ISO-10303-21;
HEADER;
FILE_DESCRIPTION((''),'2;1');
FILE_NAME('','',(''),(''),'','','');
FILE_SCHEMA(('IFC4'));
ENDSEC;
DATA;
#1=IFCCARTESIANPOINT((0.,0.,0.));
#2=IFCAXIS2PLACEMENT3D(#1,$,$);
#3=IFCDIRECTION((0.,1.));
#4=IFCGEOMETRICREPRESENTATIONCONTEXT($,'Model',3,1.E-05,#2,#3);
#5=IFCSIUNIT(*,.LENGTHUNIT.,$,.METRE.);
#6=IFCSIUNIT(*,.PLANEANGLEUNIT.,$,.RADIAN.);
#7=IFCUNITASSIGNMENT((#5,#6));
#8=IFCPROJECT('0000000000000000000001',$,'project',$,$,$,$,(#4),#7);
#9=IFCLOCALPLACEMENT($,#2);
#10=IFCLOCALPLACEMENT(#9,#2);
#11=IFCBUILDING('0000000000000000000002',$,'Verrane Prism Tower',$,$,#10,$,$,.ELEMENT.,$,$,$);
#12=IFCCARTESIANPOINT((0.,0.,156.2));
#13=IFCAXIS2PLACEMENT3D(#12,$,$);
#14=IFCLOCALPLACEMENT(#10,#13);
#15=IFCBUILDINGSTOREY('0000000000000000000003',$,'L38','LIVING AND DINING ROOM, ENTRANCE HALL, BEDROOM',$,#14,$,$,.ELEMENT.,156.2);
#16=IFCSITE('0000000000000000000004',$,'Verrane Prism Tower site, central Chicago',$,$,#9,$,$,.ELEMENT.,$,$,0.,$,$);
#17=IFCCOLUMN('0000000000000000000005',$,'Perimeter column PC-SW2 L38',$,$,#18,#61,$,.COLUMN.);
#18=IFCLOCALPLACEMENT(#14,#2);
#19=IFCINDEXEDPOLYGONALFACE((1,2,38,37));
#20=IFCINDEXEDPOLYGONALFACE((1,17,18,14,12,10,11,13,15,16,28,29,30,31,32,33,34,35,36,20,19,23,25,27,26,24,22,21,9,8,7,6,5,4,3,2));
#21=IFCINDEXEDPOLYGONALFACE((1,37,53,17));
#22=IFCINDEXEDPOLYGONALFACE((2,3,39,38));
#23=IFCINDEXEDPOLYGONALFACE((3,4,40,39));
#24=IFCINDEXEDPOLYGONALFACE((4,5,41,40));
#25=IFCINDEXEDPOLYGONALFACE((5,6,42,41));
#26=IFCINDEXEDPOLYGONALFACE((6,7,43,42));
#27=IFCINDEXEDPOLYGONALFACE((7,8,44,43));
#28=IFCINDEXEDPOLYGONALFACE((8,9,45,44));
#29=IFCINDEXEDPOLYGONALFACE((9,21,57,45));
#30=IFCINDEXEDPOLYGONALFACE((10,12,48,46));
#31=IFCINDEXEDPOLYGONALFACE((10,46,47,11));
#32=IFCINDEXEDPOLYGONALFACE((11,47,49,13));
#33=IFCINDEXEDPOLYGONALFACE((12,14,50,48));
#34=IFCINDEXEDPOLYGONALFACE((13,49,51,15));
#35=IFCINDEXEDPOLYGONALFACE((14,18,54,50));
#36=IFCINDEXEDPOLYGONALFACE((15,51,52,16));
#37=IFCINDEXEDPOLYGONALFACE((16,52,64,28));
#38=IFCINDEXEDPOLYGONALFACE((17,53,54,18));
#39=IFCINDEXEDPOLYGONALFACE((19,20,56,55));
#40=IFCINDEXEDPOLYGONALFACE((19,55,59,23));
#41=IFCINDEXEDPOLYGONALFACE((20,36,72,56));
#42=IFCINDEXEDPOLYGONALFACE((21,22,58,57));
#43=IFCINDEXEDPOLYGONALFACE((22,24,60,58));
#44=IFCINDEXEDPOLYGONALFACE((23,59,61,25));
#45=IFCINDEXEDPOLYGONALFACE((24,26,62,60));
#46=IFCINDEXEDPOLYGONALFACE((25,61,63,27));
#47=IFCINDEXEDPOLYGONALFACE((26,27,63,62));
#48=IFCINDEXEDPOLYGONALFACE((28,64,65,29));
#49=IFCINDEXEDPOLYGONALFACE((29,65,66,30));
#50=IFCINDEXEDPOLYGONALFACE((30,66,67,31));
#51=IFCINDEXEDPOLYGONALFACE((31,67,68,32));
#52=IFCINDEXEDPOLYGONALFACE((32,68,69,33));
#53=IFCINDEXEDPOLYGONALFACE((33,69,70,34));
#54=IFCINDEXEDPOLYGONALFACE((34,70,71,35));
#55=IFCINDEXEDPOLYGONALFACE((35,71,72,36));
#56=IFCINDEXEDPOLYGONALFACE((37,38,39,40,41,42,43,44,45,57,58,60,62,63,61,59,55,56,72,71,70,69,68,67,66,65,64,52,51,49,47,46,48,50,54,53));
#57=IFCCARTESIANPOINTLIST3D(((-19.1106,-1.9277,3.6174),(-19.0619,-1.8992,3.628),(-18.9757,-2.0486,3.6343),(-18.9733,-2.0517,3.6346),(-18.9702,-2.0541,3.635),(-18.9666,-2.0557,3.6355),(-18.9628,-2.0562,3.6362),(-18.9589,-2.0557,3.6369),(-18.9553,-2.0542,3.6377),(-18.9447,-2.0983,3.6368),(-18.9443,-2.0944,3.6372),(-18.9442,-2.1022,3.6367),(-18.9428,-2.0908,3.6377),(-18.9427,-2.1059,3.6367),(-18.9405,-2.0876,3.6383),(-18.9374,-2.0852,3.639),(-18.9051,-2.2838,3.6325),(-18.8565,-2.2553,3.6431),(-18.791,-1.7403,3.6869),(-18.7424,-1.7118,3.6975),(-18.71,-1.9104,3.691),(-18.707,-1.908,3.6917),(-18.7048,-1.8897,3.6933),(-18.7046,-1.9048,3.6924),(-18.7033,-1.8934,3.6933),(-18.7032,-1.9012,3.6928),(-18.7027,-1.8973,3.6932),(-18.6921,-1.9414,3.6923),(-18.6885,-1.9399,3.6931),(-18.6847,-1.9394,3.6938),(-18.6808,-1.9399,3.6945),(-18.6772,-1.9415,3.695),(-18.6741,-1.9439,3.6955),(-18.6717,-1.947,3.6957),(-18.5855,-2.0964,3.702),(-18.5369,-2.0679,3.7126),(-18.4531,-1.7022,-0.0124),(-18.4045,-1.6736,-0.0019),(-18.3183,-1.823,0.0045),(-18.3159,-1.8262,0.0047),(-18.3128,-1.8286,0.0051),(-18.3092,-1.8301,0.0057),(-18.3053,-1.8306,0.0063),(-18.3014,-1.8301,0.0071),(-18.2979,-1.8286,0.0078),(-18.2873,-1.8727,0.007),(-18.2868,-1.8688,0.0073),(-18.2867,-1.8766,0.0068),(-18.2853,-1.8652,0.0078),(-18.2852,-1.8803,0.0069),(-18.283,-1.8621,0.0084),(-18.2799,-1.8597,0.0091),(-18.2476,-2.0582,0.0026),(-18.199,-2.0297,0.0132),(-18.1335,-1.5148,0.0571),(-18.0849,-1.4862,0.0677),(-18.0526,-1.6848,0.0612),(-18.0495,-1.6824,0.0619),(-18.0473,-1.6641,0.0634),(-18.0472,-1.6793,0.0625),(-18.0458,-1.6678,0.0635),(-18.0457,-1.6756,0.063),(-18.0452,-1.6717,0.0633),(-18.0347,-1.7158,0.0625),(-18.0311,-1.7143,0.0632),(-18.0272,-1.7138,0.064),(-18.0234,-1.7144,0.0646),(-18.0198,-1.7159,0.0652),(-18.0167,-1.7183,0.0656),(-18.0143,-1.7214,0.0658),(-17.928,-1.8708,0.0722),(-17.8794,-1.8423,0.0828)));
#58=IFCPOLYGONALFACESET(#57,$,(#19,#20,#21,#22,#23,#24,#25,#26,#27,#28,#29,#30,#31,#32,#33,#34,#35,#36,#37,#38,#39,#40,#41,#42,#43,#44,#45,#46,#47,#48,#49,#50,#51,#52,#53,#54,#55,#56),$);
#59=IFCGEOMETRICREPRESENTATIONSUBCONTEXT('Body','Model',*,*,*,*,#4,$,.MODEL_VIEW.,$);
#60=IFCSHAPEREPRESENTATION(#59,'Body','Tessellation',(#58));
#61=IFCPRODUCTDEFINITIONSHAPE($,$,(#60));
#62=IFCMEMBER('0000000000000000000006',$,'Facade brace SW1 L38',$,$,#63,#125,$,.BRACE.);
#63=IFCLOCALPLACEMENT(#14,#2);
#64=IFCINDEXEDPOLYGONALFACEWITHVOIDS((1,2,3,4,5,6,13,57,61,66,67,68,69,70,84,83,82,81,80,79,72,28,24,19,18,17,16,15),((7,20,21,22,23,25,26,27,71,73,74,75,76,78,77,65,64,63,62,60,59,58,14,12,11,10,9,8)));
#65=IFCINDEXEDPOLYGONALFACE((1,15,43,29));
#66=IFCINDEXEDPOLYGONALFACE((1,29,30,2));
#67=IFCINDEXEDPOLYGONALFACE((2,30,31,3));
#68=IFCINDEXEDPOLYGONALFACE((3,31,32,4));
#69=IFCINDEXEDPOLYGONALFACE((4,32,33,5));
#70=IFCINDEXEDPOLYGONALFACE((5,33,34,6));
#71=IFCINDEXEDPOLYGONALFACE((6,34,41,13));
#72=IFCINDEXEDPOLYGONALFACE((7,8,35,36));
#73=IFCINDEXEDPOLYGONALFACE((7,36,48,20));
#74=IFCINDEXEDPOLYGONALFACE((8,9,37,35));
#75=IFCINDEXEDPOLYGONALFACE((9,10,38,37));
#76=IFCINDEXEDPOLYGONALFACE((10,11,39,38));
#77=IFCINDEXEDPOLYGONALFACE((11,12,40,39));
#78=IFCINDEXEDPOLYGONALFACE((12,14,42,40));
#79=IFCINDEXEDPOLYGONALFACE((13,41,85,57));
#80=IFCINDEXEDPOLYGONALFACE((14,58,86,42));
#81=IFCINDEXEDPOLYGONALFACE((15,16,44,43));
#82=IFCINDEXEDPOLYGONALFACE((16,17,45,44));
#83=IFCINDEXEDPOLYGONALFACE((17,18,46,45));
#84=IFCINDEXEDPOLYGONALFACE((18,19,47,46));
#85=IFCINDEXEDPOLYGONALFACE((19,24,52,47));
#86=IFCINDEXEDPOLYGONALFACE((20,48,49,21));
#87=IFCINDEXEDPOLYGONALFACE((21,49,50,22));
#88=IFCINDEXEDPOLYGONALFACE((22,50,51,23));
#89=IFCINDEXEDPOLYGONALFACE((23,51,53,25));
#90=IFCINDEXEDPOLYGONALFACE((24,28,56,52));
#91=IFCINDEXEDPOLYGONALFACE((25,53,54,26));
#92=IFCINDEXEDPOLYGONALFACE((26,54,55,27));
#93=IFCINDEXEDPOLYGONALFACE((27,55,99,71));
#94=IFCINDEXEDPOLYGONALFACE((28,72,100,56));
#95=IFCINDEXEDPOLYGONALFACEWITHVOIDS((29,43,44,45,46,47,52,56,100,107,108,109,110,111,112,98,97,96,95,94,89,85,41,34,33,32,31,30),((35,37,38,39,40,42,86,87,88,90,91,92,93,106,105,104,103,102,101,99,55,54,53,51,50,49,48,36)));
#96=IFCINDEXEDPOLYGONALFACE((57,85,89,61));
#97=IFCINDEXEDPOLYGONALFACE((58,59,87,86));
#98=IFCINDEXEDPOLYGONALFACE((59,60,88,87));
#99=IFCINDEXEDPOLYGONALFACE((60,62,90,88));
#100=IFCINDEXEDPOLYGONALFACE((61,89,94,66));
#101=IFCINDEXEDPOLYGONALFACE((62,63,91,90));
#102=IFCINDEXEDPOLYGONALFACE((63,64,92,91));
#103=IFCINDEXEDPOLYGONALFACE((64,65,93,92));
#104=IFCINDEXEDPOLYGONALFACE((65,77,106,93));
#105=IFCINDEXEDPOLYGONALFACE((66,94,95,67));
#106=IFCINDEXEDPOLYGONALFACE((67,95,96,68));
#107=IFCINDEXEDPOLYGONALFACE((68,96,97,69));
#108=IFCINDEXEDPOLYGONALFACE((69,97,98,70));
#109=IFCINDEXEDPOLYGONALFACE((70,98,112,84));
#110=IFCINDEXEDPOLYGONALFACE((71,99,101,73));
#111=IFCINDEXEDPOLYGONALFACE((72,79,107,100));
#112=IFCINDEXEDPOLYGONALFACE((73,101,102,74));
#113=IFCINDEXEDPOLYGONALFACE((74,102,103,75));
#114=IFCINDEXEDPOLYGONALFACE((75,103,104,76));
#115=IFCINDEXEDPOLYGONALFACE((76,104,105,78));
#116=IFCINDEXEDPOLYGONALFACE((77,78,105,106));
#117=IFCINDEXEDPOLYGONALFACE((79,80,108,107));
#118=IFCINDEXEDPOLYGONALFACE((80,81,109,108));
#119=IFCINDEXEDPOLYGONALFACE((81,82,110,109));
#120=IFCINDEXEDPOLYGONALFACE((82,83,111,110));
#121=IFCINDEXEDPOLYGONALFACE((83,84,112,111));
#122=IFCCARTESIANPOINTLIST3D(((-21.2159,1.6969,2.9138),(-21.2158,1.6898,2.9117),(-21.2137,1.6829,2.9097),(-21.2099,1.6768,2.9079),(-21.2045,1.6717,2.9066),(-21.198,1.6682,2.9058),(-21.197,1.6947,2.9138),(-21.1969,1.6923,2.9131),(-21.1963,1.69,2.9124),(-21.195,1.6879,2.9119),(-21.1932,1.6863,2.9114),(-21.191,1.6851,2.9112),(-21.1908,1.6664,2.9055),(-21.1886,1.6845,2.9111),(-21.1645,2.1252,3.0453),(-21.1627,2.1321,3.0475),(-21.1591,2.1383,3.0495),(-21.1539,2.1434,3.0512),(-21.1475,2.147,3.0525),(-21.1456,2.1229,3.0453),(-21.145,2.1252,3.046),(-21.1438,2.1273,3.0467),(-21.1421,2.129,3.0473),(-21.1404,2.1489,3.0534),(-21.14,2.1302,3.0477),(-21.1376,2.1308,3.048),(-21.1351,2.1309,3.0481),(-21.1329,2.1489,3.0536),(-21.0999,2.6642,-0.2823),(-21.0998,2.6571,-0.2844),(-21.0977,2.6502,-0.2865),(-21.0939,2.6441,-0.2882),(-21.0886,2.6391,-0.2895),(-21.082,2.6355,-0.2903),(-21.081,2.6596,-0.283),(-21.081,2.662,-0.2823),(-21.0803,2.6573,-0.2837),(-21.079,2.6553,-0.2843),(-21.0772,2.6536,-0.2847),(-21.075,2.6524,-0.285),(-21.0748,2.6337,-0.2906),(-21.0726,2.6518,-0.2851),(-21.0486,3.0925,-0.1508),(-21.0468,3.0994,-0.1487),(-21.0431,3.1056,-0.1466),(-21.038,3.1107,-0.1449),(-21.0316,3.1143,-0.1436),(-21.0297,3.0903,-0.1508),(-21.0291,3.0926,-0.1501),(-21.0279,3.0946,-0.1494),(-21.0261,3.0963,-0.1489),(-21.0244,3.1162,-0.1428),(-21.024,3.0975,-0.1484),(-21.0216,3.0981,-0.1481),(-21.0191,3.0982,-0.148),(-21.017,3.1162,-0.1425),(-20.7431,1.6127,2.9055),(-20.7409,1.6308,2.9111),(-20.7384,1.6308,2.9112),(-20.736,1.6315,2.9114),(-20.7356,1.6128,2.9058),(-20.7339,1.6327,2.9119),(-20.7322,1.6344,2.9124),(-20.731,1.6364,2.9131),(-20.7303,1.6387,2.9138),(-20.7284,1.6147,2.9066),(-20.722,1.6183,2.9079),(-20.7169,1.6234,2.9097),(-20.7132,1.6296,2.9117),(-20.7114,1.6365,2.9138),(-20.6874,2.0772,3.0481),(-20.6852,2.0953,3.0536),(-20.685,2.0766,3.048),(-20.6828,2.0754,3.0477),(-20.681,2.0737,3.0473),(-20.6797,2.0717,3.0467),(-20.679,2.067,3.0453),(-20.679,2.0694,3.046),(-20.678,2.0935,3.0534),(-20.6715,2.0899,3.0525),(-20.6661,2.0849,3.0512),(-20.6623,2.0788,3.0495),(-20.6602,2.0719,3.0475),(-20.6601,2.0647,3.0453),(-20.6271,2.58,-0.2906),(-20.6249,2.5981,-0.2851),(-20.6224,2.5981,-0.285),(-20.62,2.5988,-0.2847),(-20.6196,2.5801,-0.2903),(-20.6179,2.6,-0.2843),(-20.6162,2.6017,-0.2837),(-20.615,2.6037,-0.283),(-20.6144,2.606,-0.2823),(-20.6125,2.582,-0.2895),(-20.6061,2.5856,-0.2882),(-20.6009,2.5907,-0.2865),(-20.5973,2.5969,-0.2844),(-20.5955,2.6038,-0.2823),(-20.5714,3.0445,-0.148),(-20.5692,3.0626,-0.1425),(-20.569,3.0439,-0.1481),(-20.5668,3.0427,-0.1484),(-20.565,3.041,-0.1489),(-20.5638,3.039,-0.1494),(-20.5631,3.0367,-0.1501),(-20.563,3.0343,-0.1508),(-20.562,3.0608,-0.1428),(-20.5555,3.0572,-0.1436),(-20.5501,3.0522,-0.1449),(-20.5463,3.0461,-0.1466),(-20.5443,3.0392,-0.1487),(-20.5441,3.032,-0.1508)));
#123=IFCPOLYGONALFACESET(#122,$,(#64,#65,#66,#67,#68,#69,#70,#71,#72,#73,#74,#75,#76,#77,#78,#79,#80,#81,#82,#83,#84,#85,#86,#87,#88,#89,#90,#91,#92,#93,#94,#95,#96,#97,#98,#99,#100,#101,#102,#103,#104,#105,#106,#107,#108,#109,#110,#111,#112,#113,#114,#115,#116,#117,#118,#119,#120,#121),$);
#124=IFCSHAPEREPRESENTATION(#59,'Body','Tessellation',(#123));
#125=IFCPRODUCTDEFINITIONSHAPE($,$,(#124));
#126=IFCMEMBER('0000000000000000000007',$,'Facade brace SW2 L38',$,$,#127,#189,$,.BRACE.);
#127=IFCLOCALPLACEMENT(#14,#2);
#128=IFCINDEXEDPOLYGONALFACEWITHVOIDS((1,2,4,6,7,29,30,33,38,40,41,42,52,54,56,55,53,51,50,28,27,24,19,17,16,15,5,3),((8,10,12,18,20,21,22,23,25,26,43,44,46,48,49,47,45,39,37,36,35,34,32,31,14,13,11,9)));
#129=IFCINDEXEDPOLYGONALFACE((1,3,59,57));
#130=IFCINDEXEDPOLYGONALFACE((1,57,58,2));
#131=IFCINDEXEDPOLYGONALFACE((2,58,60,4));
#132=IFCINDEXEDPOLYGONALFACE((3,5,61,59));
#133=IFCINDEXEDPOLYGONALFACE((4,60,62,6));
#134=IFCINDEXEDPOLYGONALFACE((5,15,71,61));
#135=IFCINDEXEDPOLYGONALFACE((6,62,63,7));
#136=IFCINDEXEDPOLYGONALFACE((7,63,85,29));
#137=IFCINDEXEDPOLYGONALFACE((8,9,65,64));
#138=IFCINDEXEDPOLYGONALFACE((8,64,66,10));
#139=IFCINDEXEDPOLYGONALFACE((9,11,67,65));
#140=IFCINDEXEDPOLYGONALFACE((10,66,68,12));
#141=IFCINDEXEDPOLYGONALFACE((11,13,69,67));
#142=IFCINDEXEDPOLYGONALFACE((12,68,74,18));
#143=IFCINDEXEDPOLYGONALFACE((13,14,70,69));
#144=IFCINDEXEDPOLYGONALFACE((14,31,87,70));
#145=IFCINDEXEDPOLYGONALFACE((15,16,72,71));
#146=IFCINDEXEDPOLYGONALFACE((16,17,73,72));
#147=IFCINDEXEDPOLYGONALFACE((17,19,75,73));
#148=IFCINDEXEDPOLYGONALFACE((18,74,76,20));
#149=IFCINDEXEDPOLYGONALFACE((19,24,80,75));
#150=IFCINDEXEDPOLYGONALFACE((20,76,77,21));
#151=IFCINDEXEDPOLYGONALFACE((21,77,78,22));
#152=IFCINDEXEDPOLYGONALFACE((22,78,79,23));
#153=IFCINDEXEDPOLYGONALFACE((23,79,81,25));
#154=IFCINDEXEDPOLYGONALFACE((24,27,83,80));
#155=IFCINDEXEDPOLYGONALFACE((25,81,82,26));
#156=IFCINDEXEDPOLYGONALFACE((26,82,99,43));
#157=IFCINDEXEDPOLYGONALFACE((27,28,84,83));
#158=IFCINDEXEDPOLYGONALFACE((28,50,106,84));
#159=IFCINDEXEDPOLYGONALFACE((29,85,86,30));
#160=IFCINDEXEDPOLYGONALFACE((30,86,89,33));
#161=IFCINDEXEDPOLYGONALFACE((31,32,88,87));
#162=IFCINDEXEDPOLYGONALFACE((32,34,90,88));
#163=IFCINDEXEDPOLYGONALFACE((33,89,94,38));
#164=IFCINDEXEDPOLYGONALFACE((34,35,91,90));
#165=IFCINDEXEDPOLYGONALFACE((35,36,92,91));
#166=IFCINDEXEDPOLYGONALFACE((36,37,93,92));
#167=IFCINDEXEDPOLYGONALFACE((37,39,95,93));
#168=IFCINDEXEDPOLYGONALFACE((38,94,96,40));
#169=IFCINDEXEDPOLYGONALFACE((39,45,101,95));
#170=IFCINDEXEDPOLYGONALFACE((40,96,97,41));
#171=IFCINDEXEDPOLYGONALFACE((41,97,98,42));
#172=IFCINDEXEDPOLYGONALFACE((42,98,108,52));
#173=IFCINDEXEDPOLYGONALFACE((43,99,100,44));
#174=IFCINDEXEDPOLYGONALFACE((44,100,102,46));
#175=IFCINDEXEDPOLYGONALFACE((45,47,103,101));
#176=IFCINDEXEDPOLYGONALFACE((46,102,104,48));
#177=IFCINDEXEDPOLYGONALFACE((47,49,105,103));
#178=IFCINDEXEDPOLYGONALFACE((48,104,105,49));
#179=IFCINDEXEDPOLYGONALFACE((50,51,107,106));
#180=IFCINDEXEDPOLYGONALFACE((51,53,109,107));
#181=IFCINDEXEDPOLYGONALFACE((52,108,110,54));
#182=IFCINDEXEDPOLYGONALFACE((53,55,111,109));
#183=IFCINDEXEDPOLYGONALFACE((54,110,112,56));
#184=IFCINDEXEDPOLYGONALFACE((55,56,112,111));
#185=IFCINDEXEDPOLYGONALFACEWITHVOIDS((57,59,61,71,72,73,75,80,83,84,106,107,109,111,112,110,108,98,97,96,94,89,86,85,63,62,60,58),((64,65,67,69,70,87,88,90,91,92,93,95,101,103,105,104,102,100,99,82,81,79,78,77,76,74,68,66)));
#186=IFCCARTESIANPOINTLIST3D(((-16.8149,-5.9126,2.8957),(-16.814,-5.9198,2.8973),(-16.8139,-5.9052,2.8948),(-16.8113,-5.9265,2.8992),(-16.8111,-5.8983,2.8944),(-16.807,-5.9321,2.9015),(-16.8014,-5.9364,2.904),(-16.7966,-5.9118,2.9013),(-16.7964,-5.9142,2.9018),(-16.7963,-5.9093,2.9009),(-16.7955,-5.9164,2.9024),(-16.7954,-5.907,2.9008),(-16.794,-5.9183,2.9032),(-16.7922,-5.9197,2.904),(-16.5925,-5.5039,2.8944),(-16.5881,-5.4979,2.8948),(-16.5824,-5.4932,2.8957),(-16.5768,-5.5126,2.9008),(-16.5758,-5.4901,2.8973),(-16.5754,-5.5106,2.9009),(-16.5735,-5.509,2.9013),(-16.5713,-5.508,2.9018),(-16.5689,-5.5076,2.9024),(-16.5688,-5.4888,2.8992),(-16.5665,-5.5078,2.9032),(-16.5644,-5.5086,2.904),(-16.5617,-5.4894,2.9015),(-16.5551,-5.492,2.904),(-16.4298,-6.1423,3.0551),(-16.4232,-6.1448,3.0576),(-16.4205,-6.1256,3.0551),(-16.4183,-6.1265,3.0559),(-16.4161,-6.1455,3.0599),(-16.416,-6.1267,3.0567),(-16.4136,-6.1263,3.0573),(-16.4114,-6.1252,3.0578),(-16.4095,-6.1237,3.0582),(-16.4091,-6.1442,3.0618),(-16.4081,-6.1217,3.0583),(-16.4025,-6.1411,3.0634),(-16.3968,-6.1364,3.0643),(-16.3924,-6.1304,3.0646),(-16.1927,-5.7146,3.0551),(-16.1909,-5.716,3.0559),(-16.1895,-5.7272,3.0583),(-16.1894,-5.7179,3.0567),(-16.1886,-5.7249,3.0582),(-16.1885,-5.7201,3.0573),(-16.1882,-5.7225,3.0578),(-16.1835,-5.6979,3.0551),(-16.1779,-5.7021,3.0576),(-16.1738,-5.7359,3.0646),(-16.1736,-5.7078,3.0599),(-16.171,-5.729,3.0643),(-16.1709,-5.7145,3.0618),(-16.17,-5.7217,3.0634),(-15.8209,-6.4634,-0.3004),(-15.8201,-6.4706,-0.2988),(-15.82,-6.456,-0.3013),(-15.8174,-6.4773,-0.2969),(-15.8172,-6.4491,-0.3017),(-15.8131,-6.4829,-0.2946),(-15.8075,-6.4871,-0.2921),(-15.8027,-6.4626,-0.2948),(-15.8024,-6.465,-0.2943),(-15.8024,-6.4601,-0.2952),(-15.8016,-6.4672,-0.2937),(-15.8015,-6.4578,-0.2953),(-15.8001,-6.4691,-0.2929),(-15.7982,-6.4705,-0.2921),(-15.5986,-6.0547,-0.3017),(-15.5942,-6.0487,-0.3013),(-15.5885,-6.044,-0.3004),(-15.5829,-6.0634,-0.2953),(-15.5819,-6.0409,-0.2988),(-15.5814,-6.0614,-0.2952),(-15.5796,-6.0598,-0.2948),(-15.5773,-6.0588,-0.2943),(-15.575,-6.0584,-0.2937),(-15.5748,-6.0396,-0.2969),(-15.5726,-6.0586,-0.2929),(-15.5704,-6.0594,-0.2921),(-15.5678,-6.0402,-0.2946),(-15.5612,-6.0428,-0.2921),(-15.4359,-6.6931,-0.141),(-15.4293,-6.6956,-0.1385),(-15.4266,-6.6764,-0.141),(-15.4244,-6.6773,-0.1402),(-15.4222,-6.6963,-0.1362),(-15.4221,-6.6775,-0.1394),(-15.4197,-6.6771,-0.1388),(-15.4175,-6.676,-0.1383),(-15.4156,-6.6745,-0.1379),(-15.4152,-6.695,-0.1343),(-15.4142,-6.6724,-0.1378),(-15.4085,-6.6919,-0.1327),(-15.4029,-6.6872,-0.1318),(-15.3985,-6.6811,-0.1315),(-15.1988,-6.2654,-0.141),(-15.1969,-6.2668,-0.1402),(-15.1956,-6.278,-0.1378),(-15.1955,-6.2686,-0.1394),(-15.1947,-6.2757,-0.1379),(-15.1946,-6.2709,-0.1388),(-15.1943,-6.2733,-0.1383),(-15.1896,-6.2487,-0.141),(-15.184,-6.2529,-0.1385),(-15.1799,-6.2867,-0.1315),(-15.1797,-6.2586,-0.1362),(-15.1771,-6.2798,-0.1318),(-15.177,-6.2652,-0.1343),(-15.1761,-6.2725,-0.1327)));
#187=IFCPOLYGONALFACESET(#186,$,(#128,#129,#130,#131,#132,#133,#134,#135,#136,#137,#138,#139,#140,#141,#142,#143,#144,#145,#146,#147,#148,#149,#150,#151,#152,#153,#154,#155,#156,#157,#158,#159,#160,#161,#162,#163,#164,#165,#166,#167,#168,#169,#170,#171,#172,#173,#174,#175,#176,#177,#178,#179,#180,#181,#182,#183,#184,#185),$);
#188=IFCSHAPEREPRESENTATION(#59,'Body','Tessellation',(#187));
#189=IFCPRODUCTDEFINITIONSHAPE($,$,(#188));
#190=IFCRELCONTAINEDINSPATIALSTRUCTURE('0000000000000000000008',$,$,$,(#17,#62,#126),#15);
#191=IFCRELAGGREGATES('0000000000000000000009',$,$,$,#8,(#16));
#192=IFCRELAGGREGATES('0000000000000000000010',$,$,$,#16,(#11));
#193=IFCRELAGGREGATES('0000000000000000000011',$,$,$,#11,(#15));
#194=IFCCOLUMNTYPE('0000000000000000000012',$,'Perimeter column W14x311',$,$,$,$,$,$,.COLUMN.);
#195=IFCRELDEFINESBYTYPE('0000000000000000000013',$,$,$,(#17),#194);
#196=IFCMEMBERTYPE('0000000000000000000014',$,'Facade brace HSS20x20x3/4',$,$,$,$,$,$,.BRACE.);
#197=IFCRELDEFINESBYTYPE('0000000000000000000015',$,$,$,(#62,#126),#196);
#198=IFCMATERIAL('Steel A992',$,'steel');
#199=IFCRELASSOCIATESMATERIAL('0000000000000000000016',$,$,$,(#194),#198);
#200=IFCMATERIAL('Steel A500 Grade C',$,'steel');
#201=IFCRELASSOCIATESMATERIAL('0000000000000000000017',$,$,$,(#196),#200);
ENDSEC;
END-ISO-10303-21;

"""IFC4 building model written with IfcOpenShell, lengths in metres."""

from ifc_helpers import new_model, si_unit, direction, frame, origin, origin_2d, place, context, subcontext, project, spatial, hollow_rectangle, i_section, extrude, material, material_profile, profile_set, type_object, element, save


model = new_model("IFC4")

# Units and contexts
model_context = context("Model", 3, precision=1e-05, world=origin(), true_north=direction((0.0, 1.0)))
body_context = subcontext(model_context, "Body", "Model", "MODEL_VIEW")
ifc_project = project(units=[si_unit("LENGTHUNIT", "METRE"), si_unit("PLANEANGLEUNIT", "RADIAN")], contexts=[model_context])

# Site, building, storey
site_placement = place(None, origin())
site = spatial("IfcSite", under=ifc_project, at=site_placement, Name="Verrane Prism Tower site, central Chicago", CompositionType="ELEMENT", RefElevation=0.0)
building_placement = place(site_placement, origin())
building = spatial("IfcBuilding", under=site, at=building_placement, Name="Verrane Prism Tower", CompositionType="ELEMENT")
storey_placement = place(building_placement, frame((0.0, 0.0, 156.2)))
storey = spatial("IfcBuildingStorey", under=building, at=storey_placement, Name="L38", Description="LIVING AND DINING ROOM, ENTRANCE HALL, BEDROOM", CompositionType="ELEMENT", Elevation=156.2)

# Column
ifc_material_1 = material(Name="Steel A992", Category="steel")
ifc_material_profile_1 = material_profile(ifc_material_1, i_section(OverallWidth=0.4114, OverallDepth=0.4343, WebThickness=0.0359, FlangeThickness=0.0574, FilletRadius=0.0151, at=origin_2d()), Name="W14x311")
ifc_profile_set_1 = profile_set([ifc_material_profile_1], Name="Steel A992")
column_type = type_object("IfcColumnType", Name="Perimeter column W14x311", PredefinedType="COLUMN", material=ifc_profile_set_1)
column_placement = place(storey_placement, frame((-18.1663, -1.7722, 0.0352), z_axis=(-0.177895, -0.061038, 0.982155), x_axis=(-0.49953, 0.86552, -0.036689)))
element("IfcColumn", 1, at=column_placement, inside=storey, type_object=column_type, Name="Perimeter column PC-SW2 L38", PredefinedType="COLUMN", context=body_context, shape_type="SweptSolid", body=[
    extrude(i_section(OverallWidth=0.4114, OverallDepth=0.4343, WebThickness=0.0359, FlangeThickness=0.0574, FilletRadius=0.0151, at=origin_2d()), origin(), (0.0, 0.0, 1.0), 3.6958),
])

# Members
ifc_material_2 = material(Name="Steel A500 Grade C", Category="steel")
ifc_material_profile_2 = material_profile(ifc_material_2, hollow_rectangle(XDim=0.5081, YDim=0.5081, WallThickness=0.019, InnerFilletRadius=0.0095, OuterFilletRadius=0.0286, at=origin_2d()), Name="HSS20x20x3/4")
ifc_profile_set_2 = profile_set([ifc_material_profile_2], Name="Steel A500 Grade C")
member_type_1 = type_object("IfcMemberType", Name="Facade brace HSS20x20x3/4", PredefinedType="BRACE", material=ifc_profile_set_2)
member_1_placement = place(storey_placement, frame((-20.822, 2.8481, -0.2166), z_axis=(-0.034708, -0.2895, 0.956549), x_axis=(0.99289, -0.119037, 0.0)))
element("IfcMember", 2, at=member_1_placement, inside=storey, type_object=member_type_1, Name="Facade brace SW1 L38", PredefinedType="BRACE", context=body_context, shape_type="SweptSolid", body=[
    extrude(hollow_rectangle(XDim=0.5081, YDim=0.5081, WallThickness=0.019, InnerFilletRadius=0.0095, OuterFilletRadius=0.0286, at=origin_2d()), origin(), (0.0, 0.0, 1.0), 3.3413),
])
member_2_placement = place(storey_placement, frame((-15.4985, -6.3679, -0.2166), z_axis=(-0.293009, 0.162375, 0.942221), x_axis=(-0.484712, -0.874674, 0.0)))
element("IfcMember", 3, at=member_2_placement, inside=storey, type_object=member_type_1, Name="Facade brace SW2 L38", PredefinedType="BRACE", context=body_context, shape_type="SweptSolid", body=[
    extrude(hollow_rectangle(XDim=0.5081, YDim=0.5081, WallThickness=0.019, InnerFilletRadius=0.0095, OuterFilletRadius=0.0286, at=origin_2d()), origin(), (0.0, 0.0, 1.0), 3.3921),
])

save(model, "model.ifc")
